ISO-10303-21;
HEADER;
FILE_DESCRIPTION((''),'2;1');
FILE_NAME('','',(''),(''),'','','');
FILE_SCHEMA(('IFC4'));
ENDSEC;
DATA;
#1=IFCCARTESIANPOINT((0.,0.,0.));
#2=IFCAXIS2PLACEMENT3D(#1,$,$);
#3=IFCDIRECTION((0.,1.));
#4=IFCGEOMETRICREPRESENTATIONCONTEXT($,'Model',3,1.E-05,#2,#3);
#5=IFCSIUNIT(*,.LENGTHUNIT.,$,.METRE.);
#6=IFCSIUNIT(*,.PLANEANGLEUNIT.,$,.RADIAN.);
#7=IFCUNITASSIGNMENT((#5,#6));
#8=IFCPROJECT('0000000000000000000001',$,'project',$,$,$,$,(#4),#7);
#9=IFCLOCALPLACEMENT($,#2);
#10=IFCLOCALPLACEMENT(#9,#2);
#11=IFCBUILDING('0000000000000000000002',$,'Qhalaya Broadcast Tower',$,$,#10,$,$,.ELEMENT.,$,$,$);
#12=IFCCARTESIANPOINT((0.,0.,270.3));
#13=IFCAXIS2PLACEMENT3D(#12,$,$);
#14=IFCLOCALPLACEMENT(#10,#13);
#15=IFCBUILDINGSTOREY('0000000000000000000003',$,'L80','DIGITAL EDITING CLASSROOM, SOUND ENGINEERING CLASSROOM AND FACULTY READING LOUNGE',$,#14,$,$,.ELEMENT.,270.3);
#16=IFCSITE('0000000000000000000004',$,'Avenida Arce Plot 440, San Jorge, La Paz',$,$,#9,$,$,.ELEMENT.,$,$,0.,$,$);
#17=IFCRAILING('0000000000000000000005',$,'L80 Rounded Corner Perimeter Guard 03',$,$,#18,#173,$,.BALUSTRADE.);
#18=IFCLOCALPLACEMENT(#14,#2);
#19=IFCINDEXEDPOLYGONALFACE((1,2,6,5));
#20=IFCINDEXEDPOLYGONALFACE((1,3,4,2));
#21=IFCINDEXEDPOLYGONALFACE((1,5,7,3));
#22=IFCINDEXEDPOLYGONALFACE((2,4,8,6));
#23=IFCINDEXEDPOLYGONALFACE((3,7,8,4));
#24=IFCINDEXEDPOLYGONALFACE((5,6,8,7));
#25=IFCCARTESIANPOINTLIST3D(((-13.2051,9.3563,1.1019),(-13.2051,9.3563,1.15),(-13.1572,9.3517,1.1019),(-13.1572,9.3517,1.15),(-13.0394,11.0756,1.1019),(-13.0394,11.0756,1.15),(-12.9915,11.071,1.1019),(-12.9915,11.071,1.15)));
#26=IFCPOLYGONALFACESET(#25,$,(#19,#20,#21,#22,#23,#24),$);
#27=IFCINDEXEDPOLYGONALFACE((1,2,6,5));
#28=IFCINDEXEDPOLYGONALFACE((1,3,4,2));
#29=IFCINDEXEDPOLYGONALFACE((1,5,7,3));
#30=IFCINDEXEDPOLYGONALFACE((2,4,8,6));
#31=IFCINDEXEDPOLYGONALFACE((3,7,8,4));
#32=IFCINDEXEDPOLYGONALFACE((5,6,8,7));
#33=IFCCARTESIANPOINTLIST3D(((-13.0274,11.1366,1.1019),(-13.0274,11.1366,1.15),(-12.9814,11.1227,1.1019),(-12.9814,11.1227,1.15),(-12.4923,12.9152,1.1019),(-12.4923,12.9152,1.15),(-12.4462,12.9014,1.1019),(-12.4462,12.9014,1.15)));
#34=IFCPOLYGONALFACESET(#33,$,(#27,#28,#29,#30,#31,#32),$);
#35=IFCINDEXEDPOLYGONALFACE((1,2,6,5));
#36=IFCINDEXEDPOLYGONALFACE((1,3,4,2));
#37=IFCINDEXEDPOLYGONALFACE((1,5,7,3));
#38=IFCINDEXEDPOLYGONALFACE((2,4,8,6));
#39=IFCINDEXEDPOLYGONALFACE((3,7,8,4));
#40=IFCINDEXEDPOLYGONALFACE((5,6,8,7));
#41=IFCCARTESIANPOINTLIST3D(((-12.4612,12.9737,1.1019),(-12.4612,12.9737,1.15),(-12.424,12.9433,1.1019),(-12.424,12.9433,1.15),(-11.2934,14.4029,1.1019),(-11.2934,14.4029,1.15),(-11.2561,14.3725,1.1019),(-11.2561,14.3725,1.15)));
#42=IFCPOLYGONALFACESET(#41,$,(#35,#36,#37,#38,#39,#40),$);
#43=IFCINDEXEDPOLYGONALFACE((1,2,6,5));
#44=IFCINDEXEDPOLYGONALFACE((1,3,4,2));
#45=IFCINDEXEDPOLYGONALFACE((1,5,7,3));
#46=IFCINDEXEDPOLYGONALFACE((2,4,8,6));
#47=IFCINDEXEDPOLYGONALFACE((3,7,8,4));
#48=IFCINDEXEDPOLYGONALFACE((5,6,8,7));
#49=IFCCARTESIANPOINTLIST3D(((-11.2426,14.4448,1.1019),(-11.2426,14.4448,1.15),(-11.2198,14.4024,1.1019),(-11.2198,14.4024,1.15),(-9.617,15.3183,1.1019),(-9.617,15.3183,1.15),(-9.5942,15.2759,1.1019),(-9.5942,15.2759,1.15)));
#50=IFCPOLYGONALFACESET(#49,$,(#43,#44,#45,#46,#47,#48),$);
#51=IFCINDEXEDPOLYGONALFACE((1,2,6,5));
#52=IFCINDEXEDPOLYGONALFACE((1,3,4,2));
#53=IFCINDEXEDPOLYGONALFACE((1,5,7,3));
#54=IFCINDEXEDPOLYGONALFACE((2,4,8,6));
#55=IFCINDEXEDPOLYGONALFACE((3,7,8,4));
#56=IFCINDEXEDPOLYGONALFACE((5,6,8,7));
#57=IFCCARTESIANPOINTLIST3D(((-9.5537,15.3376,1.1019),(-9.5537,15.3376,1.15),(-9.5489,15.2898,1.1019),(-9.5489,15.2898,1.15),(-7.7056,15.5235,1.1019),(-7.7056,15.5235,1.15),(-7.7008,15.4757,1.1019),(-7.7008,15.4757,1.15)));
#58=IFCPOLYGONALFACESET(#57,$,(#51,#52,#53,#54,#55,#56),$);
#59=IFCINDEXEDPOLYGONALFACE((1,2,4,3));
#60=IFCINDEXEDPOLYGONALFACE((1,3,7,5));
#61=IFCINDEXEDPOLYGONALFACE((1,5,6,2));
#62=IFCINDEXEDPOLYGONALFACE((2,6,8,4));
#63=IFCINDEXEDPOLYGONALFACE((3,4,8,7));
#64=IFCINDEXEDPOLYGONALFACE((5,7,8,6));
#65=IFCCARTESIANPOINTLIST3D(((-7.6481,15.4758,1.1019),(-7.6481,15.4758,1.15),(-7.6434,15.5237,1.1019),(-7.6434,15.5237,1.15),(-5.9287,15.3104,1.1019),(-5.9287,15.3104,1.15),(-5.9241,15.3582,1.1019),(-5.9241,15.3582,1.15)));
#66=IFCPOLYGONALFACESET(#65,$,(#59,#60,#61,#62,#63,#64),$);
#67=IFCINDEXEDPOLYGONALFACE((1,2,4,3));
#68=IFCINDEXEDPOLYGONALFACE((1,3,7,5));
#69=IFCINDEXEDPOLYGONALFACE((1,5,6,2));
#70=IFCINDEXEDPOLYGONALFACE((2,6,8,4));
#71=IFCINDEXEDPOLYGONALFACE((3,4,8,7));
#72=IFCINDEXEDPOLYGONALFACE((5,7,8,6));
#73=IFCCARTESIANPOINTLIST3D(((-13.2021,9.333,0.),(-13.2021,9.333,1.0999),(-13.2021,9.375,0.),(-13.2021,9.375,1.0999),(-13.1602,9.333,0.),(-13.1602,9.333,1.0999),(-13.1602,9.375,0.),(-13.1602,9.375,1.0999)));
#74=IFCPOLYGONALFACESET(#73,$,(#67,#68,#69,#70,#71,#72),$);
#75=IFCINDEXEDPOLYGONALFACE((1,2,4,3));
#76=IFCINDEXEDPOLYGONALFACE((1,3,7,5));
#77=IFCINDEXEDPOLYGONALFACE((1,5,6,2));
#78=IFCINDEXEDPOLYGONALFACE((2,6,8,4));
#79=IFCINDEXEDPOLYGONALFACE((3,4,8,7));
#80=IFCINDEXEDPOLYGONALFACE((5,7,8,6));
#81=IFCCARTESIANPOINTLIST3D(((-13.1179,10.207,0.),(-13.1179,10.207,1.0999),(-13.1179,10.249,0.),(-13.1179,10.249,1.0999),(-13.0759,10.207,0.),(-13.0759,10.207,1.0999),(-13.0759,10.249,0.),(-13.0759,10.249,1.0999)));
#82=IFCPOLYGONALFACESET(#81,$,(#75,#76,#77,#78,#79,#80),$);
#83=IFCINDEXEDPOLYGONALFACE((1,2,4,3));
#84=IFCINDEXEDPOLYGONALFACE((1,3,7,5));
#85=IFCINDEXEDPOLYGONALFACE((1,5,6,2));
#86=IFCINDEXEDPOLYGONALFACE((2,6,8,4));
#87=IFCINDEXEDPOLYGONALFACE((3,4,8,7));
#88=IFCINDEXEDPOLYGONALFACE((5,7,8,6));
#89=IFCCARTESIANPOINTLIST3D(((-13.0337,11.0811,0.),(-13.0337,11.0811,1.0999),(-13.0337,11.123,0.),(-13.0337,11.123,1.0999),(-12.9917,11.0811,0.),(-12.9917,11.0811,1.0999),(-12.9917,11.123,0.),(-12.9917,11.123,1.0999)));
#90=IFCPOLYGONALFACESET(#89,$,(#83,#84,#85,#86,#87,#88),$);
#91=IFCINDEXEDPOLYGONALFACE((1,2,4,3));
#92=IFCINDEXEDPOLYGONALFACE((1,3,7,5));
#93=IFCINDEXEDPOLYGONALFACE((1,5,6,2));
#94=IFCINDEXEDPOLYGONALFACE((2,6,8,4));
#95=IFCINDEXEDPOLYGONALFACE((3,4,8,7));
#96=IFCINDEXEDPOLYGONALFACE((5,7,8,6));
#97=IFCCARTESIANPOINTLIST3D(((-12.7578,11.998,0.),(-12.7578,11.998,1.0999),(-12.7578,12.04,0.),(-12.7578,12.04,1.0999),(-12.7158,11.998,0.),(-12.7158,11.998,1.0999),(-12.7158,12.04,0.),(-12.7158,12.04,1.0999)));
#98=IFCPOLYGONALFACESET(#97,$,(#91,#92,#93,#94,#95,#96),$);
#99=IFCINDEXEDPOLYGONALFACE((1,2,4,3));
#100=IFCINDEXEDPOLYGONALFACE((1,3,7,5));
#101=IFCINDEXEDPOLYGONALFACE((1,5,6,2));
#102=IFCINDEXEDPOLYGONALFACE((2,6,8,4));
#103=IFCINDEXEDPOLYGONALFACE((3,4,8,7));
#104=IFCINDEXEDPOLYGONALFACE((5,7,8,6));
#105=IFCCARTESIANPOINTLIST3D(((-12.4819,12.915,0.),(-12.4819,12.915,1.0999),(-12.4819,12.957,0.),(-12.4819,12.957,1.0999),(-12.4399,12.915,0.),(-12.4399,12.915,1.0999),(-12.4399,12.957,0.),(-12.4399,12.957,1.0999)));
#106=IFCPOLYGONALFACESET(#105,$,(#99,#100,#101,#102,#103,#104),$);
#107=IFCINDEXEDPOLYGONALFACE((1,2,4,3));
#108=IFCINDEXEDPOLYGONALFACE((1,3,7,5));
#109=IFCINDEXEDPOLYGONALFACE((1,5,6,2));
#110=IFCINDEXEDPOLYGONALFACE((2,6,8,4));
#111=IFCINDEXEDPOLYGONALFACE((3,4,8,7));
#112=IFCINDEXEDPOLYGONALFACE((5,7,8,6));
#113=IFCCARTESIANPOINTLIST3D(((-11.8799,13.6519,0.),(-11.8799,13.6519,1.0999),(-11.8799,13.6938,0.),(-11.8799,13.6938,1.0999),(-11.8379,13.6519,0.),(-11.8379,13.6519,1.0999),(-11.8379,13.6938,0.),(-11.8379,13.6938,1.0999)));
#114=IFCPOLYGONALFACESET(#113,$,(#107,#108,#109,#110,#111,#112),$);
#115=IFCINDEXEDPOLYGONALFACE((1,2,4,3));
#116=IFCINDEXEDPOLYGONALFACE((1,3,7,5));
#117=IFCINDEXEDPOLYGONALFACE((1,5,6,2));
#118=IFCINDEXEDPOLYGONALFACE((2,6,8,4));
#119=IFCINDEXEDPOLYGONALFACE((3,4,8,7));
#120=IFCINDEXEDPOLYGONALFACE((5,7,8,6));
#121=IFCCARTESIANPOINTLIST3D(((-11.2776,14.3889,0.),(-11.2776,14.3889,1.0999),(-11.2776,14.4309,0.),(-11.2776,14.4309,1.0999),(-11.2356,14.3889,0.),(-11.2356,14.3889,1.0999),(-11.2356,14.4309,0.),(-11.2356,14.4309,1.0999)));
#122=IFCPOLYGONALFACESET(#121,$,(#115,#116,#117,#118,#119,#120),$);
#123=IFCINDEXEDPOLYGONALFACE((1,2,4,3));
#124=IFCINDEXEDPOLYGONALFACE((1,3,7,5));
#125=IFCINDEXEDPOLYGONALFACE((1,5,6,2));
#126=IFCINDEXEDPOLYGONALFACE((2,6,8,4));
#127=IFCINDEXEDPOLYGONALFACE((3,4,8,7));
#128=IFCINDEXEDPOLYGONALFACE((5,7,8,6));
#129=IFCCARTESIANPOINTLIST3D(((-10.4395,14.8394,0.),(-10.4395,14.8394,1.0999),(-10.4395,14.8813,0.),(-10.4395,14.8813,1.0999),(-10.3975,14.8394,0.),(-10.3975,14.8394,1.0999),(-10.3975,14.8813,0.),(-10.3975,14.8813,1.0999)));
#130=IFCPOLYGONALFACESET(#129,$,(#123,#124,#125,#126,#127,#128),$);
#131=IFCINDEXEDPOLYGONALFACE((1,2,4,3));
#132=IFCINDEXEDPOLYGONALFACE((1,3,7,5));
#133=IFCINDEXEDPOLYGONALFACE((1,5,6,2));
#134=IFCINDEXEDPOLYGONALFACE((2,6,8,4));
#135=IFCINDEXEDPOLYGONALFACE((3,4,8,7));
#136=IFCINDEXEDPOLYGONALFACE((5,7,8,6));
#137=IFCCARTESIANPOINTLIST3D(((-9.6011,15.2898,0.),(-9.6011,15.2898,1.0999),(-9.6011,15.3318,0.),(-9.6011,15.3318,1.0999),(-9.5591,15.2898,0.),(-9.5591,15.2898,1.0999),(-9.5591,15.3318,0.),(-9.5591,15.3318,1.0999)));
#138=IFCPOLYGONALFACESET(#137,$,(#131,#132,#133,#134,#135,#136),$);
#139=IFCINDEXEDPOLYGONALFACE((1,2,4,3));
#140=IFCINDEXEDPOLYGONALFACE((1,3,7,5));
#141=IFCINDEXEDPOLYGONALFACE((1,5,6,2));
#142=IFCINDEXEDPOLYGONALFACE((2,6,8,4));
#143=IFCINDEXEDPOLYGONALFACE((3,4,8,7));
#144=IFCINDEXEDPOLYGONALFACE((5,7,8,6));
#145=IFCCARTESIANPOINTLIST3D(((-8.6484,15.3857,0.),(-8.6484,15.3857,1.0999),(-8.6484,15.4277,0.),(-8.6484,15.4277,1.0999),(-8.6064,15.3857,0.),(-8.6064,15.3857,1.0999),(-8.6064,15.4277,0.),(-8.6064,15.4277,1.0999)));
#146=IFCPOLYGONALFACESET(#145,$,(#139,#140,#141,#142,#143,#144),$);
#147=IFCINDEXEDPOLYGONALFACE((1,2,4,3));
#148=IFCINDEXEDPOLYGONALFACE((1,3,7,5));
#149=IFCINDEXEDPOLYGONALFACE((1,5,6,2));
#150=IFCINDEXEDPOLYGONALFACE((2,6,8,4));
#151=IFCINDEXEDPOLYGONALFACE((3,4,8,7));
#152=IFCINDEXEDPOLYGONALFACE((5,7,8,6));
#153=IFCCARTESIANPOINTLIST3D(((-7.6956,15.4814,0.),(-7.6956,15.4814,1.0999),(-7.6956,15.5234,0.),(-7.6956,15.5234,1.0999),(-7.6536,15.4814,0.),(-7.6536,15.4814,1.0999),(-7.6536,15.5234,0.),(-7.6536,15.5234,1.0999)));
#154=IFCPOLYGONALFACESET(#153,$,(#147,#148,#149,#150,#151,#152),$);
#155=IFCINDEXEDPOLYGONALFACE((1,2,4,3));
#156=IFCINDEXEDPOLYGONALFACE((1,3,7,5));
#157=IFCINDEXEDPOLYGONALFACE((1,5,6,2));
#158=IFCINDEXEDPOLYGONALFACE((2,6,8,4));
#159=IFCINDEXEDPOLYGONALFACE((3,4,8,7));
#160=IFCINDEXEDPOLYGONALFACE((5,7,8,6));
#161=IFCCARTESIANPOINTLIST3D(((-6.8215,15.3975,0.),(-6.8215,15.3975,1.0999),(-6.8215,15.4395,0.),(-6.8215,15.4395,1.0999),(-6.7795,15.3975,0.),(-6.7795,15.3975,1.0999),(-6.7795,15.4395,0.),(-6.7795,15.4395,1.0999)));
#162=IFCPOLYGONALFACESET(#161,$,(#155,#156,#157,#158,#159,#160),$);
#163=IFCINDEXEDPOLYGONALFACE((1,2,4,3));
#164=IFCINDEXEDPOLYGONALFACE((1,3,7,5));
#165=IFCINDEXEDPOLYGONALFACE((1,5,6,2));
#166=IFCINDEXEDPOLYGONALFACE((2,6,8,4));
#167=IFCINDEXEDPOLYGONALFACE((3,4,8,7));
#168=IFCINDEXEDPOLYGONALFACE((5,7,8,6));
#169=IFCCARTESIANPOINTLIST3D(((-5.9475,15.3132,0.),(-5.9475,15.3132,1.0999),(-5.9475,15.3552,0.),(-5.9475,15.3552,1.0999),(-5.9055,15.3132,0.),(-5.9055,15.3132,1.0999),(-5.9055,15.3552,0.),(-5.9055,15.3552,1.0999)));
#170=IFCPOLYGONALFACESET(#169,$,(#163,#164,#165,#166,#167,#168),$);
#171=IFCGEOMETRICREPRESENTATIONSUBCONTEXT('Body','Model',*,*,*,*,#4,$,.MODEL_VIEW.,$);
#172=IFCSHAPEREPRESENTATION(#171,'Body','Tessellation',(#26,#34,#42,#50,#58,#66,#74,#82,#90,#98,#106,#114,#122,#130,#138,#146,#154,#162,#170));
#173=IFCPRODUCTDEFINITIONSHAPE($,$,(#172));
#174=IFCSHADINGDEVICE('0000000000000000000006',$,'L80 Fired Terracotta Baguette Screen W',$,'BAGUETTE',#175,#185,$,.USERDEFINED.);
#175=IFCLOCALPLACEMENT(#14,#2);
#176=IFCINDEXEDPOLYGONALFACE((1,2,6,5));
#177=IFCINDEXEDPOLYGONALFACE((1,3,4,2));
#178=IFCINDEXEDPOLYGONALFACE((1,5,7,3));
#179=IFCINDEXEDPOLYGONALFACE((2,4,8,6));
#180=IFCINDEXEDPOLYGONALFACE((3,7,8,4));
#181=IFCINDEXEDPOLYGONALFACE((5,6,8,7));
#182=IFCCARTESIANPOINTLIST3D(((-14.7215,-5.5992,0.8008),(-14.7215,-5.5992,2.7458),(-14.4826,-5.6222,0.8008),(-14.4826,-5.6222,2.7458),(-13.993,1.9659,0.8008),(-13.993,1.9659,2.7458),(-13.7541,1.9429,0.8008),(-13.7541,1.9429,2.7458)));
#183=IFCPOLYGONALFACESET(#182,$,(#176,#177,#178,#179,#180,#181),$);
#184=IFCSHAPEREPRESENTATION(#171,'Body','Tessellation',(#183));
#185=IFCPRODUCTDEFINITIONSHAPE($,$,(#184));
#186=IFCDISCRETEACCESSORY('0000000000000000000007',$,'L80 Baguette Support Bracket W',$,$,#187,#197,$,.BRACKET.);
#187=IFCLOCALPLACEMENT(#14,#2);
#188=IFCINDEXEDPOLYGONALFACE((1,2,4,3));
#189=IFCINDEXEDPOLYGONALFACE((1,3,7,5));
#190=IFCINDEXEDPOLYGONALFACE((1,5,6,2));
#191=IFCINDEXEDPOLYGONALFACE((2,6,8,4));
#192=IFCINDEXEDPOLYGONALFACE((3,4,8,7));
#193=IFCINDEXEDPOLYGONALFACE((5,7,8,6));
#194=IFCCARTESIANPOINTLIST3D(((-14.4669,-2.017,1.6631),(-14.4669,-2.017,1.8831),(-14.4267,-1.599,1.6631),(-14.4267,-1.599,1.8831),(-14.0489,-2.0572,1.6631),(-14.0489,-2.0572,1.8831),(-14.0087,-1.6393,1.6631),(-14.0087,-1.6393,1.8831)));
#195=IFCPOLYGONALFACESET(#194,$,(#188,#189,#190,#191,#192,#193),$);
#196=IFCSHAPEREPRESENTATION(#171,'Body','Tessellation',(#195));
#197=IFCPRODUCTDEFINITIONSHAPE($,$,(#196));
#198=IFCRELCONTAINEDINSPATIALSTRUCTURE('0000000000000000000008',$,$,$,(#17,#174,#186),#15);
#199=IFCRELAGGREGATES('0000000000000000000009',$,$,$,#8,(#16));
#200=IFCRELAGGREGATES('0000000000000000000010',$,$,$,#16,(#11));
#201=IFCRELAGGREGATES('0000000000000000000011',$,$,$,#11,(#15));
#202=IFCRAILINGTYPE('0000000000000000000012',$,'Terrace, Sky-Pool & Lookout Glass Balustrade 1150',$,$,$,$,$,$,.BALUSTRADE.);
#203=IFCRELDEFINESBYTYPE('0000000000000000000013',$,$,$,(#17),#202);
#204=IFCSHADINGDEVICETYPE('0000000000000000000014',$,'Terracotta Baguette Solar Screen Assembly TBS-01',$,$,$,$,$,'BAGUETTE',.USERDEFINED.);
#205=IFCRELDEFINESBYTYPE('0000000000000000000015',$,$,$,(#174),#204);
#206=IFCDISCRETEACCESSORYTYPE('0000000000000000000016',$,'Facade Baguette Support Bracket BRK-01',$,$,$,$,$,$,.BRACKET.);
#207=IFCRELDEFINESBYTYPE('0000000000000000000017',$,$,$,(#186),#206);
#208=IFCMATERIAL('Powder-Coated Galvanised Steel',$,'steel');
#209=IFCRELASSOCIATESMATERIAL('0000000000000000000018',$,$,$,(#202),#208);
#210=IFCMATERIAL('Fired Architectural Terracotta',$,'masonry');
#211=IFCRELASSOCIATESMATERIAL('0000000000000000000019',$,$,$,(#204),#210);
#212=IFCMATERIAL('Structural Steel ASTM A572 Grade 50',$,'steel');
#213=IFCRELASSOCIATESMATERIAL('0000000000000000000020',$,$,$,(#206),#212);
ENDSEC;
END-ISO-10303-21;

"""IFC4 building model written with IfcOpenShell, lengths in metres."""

from ifc_helpers import new_model, si_unit, direction, frame, origin, origin_2d, place, context, subcontext, project, spatial, rectangle, extrude, material, type_object, element, save


model = new_model("IFC4")

# Units and contexts
model_context = context("Model", 3, precision=1e-05, world=origin(), true_north=direction((0.0, 1.0)))
body_context = subcontext(model_context, "Body", "Model", "MODEL_VIEW")
ifc_project = project(units=[si_unit("LENGTHUNIT", "METRE"), si_unit("PLANEANGLEUNIT", "RADIAN")], contexts=[model_context])

# Site, building, storey
site_placement = place(None, origin())
site = spatial("IfcSite", under=ifc_project, at=site_placement, Name="Avenida Arce Plot 440, San Jorge, La Paz", CompositionType="ELEMENT", RefElevation=0.0)
building_placement = place(site_placement, origin())
building = spatial("IfcBuilding", under=site, at=building_placement, Name="Qhalaya Broadcast Tower", CompositionType="ELEMENT")
storey_placement = place(building_placement, frame((0.0, 0.0, 270.3)))
storey = spatial("IfcBuildingStorey", under=building, at=storey_placement, Name="L80", Description="DIGITAL EDITING CLASSROOM, SOUND ENGINEERING CLASSROOM AND FACULTY READING LOUNGE", CompositionType="ELEMENT", Elevation=270.3)

# Shared definitions
ifc_material_1 = material(Name="Structural Steel ASTM A572 Grade 50", Category="steel")

# Shared definitions
ifc_material_2 = material(Name="Fired Architectural Terracotta", Category="masonry")

# Railing
ifc_material_3 = material(Name="Powder-Coated Galvanised Steel", Category="steel")
railing_type = type_object("IfcRailingType", Name="Terrace, Sky-Pool & Lookout Glass Balustrade 1150", PredefinedType="BALUSTRADE", material=ifc_material_3)
railing_placement = place(storey_placement, frame((-13.1812, 9.354, 0.0)))
element("IfcRailing", 1, at=railing_placement, inside=storey, type_object=railing_type, Name="L80 Rounded Corner Perimeter Guard 03", PredefinedType="BALUSTRADE", context=body_context, shape_type="SweptSolid", body=[
    extrude(rectangle(XDim=0.0481, YDim=0.0481, at=origin_2d()), frame((0.0, 0.0, 1.126), z_axis=(0.095924, 0.995389, 0.0), x_axis=(-0.995389, 0.095924, 0.0)), (0.0, 0.0, 1.0), 1.7273),
    extrude(rectangle(XDim=0.0481, YDim=0.0481, at=origin_2d()), frame((0.1768, 1.7756, 1.126), z_axis=(0.288096, 0.957601, 0.0), x_axis=(-0.957601, 0.288096, 0.0)), (0.0, 0.0, 1.0), 1.8574),
    extrude(rectangle(XDim=0.0481, YDim=0.0481, at=origin_2d()), frame((0.7385, 3.6045, 1.126), z_axis=(0.632749, 0.774357, 0.0), x_axis=(-0.774357, 0.632749, 0.0)), (0.0, 0.0, 1.0), 1.8457),
    extrude(rectangle(XDim=0.0481, YDim=0.0481, at=origin_2d()), frame((1.95, 5.0696, 1.126), z_axis=(0.880879, 0.473342, 0.0), x_axis=(-0.473342, 0.880879, 0.0)), (0.0, 0.0, 1.0), 1.8455),
    extrude(rectangle(XDim=0.0481, YDim=0.0481, at=origin_2d()), frame((3.6299, 5.9597, 1.126), z_axis=(0.99498, 0.100072, 0.0), x_axis=(-0.100072, 0.99498, 0.0)), (0.0, 0.0, 1.0), 1.8574),
    extrude(rectangle(XDim=0.0481, YDim=0.0481, at=origin_2d()), frame((5.5354, 6.1458, 1.126), z_axis=(0.995402, -0.095787, 0.0), x_axis=(0.095787, 0.995402, 0.0)), (0.0, 0.0, 1.0), 1.7273),
    extrude(rectangle(XDim=0.042, YDim=0.042, at=origin_2d()), origin(), (0.0, 0.0, 1.0), 1.0999),
    extrude(rectangle(XDim=0.042, YDim=0.042, at=origin_2d()), frame((0.0842, 0.874, 0.0)), (0.0, 0.0, 1.0), 1.0999),
    extrude(rectangle(XDim=0.042, YDim=0.042, at=origin_2d()), frame((0.1685, 1.748, 0.0)), (0.0, 0.0, 1.0), 1.0999),
    extrude(rectangle(XDim=0.042, YDim=0.042, at=origin_2d()), frame((0.4443, 2.665, 0.0)), (0.0, 0.0, 1.0), 1.0999),
    extrude(rectangle(XDim=0.042, YDim=0.042, at=origin_2d()), frame((0.7202, 3.582, 0.0)), (0.0, 0.0, 1.0), 1.0999),
    extrude(rectangle(XDim=0.042, YDim=0.042, at=origin_2d()), frame((1.3223, 4.3188, 0.0)), (0.0, 0.0, 1.0), 1.0999),
    extrude(rectangle(XDim=0.042, YDim=0.042, at=origin_2d()), frame((1.9246, 5.0559, 0.0)), (0.0, 0.0, 1.0), 1.0999),
    extrude(rectangle(XDim=0.042, YDim=0.042, at=origin_2d()), frame((2.7627, 5.5063, 0.0)), (0.0, 0.0, 1.0), 1.0999),
    extrude(rectangle(XDim=0.042, YDim=0.042, at=origin_2d()), frame((3.6011, 5.9568, 0.0)), (0.0, 0.0, 1.0), 1.0999),
    extrude(rectangle(XDim=0.042, YDim=0.042, at=origin_2d()), frame((4.5537, 6.0527, 0.0)), (0.0, 0.0, 1.0), 1.0999),
    extrude(rectangle(XDim=0.042, YDim=0.042, at=origin_2d()), frame((5.5066, 6.1484, 0.0)), (0.0, 0.0, 1.0), 1.0999),
    extrude(rectangle(XDim=0.042, YDim=0.042, at=origin_2d()), frame((6.3806, 6.0645, 0.0)), (0.0, 0.0, 1.0), 1.0999),
    extrude(rectangle(XDim=0.042, YDim=0.042, at=origin_2d()), frame((7.2546, 5.9802, 0.0)), (0.0, 0.0, 1.0), 1.0999),
])

# Shading device
shading_device_type = type_object("IfcShadingDeviceType", Name="Terracotta Baguette Solar Screen Assembly TBS-01", ElementType="BAGUETTE", PredefinedType="USERDEFINED", material=ifc_material_2)
shading_device_placement = place(storey_placement, frame((-14.2378, -1.8281, 0.8008), z_axis=(0.0, 0.0, 1.0), x_axis=(-0.095846, -0.995396, 0.0)))
element("IfcShadingDevice", 2, at=shading_device_placement, inside=storey, type_object=shading_device_type, Name="L80 Fired Terracotta Baguette Screen W", ObjectType="BAGUETTE", PredefinedType="USERDEFINED", context=body_context, shape_type="SweptSolid", body=[
    extrude(rectangle(XDim=7.6001, YDim=0.24, at=origin_2d()), origin(), (0.0, 0.0, 1.0), 1.9451),
])

# Discrete accessory
discrete_accessory_type = type_object("IfcDiscreteAccessoryType", Name="Facade Baguette Support Bracket BRK-01", PredefinedType="BRACKET", material=ifc_material_1)
discrete_accessory_placement = place(storey_placement, frame((-14.2378, -1.8281, 1.6631), z_axis=(0.0, 0.0, 1.0), x_axis=(-0.095846, -0.995396, 0.0)))
element("IfcDiscreteAccessory", 3, at=discrete_accessory_placement, inside=storey, type_object=discrete_accessory_type, Name="L80 Baguette Support Bracket W", PredefinedType="BRACKET", context=body_context, shape_type="SweptSolid", body=[
    extrude(rectangle(XDim=0.4199, YDim=0.4199, at=origin_2d()), origin(), (0.0, 0.0, 1.0), 0.22),
])

save(model, "model.ifc")
